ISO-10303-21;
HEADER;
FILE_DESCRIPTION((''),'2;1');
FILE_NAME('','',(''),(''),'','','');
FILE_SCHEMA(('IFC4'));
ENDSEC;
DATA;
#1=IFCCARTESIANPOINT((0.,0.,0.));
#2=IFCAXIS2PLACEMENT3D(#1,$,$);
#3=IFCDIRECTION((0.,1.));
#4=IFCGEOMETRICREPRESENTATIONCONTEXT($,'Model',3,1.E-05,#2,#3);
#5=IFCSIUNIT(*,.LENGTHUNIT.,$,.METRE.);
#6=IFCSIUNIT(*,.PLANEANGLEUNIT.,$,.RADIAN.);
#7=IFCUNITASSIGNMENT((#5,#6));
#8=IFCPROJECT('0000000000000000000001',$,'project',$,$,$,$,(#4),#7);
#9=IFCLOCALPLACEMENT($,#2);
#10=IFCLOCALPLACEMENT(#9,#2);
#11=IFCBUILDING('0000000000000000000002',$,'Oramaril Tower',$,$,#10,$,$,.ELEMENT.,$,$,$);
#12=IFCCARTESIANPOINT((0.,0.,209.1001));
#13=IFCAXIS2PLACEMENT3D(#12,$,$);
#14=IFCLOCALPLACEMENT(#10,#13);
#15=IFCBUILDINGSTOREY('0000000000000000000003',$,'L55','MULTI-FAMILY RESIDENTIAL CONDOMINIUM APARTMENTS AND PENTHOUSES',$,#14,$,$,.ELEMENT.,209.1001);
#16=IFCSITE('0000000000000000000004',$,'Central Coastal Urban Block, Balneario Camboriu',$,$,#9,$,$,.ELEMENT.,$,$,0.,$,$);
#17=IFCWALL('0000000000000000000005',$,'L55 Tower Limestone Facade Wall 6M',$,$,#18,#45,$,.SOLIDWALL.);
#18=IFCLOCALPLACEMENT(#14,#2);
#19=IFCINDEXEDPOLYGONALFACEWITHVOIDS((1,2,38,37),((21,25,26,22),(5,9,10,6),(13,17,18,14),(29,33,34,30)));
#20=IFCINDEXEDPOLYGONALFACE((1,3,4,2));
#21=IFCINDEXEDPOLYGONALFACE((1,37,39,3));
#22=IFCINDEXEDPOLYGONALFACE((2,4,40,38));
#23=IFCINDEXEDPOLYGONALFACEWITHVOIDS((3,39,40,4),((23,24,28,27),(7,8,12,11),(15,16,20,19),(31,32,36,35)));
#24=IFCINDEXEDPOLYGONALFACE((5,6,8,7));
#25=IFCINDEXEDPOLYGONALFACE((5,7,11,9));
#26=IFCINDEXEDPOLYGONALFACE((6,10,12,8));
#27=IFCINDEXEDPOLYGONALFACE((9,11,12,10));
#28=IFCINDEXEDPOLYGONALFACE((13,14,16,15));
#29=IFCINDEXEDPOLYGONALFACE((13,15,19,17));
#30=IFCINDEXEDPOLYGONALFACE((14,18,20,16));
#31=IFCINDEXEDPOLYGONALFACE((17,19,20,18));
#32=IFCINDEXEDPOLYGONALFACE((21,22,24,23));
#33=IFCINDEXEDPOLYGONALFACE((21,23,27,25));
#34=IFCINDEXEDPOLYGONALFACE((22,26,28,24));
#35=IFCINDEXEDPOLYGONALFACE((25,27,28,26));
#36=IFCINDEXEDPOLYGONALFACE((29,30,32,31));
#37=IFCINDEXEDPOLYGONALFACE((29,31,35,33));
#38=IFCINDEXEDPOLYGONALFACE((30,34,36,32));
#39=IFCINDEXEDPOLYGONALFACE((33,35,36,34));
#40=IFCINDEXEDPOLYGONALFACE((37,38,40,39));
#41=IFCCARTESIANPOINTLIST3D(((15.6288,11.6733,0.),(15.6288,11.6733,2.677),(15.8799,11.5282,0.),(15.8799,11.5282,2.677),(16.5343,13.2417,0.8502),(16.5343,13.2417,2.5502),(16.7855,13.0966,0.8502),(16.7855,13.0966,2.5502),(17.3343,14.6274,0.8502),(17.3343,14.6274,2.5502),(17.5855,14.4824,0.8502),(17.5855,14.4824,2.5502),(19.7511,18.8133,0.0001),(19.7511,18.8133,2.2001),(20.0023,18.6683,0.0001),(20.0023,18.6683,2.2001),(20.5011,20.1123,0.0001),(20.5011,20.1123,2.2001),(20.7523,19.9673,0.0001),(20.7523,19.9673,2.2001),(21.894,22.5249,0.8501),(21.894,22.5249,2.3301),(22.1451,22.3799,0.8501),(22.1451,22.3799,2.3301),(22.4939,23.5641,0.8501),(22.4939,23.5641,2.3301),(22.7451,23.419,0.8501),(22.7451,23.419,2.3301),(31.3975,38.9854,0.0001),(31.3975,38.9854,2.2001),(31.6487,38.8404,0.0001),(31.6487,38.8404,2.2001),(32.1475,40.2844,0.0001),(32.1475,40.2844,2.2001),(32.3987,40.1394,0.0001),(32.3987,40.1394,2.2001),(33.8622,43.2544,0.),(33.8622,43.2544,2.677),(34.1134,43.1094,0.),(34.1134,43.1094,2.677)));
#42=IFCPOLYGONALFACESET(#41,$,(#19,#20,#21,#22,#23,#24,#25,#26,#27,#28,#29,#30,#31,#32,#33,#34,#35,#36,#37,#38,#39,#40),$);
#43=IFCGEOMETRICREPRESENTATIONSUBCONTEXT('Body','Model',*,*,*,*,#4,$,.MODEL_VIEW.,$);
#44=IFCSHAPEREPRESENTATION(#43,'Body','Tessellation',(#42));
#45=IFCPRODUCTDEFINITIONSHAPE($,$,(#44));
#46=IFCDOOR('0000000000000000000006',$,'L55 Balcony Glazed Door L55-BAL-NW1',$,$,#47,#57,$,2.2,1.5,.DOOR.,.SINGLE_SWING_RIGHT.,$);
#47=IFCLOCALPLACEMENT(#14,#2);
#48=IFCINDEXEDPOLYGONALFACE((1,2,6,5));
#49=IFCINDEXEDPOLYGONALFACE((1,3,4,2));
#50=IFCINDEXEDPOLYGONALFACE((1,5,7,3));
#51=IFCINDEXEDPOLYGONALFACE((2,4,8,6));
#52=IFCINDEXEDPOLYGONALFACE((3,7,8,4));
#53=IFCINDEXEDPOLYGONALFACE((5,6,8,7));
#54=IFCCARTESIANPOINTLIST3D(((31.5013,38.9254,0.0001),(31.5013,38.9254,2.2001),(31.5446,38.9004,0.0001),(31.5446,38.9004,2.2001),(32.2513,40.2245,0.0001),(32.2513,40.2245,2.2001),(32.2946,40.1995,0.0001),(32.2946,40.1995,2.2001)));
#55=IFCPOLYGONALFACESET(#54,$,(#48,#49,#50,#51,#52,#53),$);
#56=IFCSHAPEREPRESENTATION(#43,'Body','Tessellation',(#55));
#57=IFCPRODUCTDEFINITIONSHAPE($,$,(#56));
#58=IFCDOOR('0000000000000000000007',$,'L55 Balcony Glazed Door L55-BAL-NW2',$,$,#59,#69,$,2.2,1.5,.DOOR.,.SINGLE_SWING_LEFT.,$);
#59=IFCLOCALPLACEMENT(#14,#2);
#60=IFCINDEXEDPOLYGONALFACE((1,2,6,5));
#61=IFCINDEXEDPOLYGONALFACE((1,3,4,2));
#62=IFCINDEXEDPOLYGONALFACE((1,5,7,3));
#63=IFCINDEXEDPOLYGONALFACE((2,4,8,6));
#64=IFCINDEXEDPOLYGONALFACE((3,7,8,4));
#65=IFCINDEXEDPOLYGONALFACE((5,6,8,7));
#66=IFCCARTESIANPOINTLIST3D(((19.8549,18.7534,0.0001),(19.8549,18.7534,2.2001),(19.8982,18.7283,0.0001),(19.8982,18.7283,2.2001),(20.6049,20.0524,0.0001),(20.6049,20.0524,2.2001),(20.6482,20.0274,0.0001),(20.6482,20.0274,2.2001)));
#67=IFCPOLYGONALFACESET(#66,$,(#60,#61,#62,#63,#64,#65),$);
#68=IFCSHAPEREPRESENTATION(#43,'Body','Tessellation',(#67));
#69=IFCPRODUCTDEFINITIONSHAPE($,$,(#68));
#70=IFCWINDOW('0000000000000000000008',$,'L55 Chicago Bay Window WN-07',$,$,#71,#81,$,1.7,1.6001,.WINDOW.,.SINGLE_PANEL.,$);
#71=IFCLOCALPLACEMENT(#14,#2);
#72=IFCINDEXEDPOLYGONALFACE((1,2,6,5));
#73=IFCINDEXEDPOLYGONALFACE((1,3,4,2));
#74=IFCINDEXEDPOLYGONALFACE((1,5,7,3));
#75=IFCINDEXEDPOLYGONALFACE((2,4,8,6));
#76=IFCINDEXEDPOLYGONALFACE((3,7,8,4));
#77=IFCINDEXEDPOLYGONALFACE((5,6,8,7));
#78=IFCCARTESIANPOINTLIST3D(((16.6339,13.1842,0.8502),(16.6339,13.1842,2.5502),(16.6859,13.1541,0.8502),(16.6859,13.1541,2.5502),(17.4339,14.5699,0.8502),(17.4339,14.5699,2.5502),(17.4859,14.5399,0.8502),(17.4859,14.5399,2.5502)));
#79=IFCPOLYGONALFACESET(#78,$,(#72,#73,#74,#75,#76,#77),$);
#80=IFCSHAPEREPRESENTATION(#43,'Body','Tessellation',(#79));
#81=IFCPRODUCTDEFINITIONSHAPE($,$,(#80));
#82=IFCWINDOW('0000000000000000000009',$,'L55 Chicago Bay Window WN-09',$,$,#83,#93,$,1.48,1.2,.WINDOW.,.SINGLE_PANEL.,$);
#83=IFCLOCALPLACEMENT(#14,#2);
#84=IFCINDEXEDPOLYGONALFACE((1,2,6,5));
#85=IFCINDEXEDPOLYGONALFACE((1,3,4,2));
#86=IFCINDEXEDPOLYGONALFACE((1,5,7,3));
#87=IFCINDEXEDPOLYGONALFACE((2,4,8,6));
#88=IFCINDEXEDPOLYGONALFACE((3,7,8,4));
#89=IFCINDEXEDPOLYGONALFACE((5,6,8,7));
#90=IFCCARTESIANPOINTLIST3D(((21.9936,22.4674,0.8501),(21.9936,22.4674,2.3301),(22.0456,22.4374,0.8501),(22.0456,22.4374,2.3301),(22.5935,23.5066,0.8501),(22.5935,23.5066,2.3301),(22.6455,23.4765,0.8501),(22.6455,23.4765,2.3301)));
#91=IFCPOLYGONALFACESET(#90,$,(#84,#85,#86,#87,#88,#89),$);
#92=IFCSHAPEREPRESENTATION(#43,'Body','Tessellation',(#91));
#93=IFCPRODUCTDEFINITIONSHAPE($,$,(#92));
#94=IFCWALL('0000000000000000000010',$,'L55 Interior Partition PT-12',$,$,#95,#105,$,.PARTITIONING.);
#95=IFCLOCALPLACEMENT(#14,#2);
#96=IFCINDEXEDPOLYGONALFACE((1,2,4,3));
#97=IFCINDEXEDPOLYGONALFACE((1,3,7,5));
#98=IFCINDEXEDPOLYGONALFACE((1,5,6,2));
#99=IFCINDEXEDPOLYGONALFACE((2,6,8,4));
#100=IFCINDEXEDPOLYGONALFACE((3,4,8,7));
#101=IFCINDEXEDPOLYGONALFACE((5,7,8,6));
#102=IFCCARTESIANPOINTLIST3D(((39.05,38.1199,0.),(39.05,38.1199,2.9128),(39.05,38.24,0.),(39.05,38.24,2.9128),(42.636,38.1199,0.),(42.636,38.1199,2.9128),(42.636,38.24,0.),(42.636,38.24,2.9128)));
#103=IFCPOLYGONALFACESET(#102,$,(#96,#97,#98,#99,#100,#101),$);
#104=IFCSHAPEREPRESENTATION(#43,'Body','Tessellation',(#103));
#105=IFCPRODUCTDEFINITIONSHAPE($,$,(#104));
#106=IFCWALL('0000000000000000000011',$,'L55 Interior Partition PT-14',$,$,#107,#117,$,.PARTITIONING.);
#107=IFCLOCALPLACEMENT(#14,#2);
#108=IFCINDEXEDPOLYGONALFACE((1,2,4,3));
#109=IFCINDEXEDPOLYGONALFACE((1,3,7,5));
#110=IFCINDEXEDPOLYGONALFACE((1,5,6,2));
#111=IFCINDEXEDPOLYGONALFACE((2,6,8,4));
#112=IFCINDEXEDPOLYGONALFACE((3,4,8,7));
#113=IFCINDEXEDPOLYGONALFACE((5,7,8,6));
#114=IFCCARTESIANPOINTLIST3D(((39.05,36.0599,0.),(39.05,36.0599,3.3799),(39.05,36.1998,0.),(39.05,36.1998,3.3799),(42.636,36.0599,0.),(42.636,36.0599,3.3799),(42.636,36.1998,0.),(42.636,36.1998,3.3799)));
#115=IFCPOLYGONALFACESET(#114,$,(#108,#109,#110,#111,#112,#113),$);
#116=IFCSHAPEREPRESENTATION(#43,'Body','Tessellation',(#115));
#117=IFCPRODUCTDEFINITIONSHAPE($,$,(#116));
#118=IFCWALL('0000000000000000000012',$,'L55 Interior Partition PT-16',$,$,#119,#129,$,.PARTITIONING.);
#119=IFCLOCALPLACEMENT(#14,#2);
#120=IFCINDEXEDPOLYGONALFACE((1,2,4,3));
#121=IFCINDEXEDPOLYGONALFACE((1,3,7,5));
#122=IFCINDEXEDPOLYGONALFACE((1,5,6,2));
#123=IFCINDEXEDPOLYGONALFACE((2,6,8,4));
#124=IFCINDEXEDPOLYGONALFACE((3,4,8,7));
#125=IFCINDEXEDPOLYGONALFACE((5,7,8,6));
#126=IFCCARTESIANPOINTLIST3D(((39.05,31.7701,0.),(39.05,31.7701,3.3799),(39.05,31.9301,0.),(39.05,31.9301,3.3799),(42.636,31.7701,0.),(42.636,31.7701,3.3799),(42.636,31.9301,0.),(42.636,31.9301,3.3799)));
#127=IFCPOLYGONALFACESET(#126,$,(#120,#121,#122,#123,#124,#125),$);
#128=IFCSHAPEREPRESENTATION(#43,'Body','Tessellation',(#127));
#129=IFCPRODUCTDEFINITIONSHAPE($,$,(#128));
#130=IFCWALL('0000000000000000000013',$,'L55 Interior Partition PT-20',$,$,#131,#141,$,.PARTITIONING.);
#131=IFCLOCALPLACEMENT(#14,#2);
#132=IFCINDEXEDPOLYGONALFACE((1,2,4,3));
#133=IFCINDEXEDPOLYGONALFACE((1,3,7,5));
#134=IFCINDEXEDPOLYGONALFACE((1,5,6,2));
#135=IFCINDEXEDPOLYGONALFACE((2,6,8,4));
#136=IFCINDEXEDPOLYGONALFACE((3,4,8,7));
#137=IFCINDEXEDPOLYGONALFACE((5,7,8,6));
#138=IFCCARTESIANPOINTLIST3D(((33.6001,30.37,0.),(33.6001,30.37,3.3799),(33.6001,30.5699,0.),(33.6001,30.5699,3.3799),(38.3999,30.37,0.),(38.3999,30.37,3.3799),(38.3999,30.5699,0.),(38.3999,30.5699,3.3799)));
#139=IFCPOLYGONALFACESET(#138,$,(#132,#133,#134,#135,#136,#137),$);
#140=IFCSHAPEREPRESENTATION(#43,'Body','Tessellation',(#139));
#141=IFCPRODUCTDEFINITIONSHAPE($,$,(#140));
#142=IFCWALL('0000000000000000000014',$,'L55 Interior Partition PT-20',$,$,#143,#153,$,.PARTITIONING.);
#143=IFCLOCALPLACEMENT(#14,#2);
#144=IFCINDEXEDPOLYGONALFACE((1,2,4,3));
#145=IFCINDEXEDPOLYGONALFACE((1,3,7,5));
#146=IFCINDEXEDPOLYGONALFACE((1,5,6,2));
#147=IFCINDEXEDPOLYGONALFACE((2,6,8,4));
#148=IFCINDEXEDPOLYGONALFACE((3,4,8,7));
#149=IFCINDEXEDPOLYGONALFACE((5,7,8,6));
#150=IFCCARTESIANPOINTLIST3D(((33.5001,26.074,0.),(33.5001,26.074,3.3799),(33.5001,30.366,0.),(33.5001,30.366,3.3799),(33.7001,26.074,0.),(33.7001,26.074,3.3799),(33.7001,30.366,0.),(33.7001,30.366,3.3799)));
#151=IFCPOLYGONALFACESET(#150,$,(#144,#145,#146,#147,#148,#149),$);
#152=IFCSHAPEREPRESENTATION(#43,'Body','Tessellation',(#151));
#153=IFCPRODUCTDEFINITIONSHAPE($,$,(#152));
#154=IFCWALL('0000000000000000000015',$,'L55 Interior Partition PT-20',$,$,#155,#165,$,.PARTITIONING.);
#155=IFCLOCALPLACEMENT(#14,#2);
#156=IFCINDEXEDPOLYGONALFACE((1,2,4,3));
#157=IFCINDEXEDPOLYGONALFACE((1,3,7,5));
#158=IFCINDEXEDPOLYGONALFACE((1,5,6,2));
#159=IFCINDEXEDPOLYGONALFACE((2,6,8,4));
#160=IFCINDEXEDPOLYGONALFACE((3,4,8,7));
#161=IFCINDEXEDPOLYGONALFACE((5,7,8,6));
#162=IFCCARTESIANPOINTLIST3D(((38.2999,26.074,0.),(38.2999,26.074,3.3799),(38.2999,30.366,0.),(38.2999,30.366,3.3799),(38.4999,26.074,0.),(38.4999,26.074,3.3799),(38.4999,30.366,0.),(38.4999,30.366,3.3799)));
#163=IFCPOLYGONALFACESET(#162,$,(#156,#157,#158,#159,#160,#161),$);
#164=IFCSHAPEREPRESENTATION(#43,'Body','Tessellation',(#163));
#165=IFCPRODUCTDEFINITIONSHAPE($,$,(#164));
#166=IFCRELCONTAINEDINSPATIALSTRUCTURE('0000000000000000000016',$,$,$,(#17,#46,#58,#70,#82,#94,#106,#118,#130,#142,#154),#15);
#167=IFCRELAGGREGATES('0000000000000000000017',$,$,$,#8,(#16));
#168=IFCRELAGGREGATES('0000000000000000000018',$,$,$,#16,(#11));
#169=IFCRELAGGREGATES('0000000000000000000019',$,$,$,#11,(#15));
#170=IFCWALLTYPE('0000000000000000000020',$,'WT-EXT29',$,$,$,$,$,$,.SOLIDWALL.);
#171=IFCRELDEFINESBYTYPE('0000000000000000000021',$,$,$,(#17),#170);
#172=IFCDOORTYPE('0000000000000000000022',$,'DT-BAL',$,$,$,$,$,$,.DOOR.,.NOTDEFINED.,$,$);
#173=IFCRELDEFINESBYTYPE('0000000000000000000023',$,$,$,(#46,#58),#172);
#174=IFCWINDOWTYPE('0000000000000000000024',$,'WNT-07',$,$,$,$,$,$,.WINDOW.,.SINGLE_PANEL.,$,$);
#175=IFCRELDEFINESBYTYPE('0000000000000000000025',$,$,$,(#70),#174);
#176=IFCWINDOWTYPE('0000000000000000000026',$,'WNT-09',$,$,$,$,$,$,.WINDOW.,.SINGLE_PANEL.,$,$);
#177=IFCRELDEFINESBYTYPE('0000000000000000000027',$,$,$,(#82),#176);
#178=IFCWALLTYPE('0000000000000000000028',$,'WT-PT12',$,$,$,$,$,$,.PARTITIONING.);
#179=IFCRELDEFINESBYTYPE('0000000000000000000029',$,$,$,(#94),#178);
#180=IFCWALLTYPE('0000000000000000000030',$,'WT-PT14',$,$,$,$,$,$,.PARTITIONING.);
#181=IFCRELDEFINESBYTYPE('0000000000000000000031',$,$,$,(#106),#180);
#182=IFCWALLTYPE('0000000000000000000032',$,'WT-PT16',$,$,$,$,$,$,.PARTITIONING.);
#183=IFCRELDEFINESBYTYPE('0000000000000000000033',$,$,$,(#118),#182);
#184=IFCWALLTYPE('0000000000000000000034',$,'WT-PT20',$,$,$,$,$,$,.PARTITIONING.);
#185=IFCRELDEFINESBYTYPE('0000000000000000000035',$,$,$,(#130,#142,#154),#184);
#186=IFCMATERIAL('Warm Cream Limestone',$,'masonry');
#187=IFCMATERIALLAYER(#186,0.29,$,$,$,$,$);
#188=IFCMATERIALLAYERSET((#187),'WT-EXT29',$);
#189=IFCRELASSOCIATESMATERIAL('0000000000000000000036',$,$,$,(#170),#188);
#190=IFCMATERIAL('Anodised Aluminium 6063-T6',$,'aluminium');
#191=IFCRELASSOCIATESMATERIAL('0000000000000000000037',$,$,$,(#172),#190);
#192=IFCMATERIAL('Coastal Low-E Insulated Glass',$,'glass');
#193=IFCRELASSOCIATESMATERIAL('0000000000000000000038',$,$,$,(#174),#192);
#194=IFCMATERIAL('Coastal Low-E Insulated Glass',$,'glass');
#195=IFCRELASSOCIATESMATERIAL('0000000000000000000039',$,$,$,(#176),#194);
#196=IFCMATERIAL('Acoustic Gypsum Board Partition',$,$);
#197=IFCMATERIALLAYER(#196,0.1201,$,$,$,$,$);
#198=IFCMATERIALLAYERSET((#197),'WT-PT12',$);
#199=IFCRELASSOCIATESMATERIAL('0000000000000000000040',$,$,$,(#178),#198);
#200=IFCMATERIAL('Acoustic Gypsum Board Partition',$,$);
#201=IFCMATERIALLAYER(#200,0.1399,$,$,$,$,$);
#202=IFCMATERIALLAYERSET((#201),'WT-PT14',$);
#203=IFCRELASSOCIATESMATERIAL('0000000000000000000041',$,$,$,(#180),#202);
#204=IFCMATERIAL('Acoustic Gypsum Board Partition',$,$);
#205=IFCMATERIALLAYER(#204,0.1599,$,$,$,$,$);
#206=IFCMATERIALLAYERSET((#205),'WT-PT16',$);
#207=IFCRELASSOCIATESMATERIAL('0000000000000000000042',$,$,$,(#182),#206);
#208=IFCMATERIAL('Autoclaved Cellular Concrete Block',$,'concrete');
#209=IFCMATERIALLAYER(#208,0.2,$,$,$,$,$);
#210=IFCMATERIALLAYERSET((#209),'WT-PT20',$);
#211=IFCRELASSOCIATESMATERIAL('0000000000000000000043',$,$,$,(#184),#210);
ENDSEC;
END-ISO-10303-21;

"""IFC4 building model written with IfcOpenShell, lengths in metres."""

from ifc_helpers import new_model, si_unit, direction, frame, frame_2d, origin, place, context, subcontext, project, spatial, rectangle, extrude, material, layer, layer_set, type_object, element, fill, save


model = new_model("IFC4")

# Units and contexts
model_context = context("Model", 3, precision=1e-05, world=origin(), true_north=direction((0.0, 1.0)))
body_context = subcontext(model_context, "Body", "Model", "MODEL_VIEW")
ifc_project = project(units=[si_unit("LENGTHUNIT", "METRE"), si_unit("PLANEANGLEUNIT", "RADIAN")], contexts=[model_context])

# Site, building, storey
site_placement = place(None, origin())
site = spatial("IfcSite", under=ifc_project, at=site_placement, Name="Central Coastal Urban Block, Balneario Camboriu", CompositionType="ELEMENT", RefElevation=0.0)
building_placement = place(site_placement, origin())
building = spatial("IfcBuilding", under=site, at=building_placement, Name="Oramaril Tower", CompositionType="ELEMENT")
storey_placement = place(building_placement, frame((0.0, 0.0, 209.1001)))
storey = spatial("IfcBuildingStorey", under=building, at=storey_placement, Name="L55", Description="MULTI-FAMILY RESIDENTIAL CONDOMINIUM APARTMENTS AND PENTHOUSES", CompositionType="ELEMENT", Elevation=209.1001)

# Shared definitions
ifc_material_1 = material(Name="Warm Cream Limestone", Category="masonry")
ifc_layer_1 = layer(ifc_material_1, 0.29)
ifc_layer_set_1 = layer_set([ifc_layer_1], Name="WT-EXT29")
wall_type_1 = type_object("IfcWallType", Name="WT-EXT29", PredefinedType="SOLIDWALL", material=ifc_layer_set_1)

# Wall, openings, doors, windows
wall_1_placement = place(storey_placement, frame((33.9878, 43.1819, 0.0), z_axis=(0.0, 0.0, 1.0), x_axis=(-0.500001, -0.866025, 0.0)))
wall_1 = element("IfcWall", 1, at=wall_1_placement, inside=storey, type_object=wall_type_1, Name="L55 Tower Limestone Facade Wall 6M", PredefinedType="SOLIDWALL", context=body_context, shape_type="SweptSolid", body=[
    extrude(rectangle(XDim=36.4668, YDim=0.29, at=frame_2d((18.2334, 0.0))), origin(), (0.0, 0.0, 1.0), 2.677),
])
opening_1_placement = place(wall_1_placement, frame((3.4294, 0.0, 0.0)))
opening_1 = element("IfcOpeningElement", 2, at=opening_1_placement, cuts=wall_1, PredefinedType="OPENING", context=body_context, shape_type="SweptSolid", body=[
    extrude(rectangle(XDim=1.5, YDim=2.2, at=frame_2d((0.75, 1.1001))), frame((0.0, 0.145, 0.0), z_axis=(0.0, -1.0, 0.0), x_axis=(1.0, 0.0, 0.0)), (0.0, 0.0, 1.0), 0.29),
])
opening_2_placement = place(wall_1_placement, frame((26.7222, 0.0, 0.0)))
opening_2 = element("IfcOpeningElement", 3, at=opening_2_placement, cuts=wall_1, PredefinedType="OPENING", context=body_context, shape_type="SweptSolid", body=[
    extrude(rectangle(XDim=1.5, YDim=2.2, at=frame_2d((0.75, 1.1001))), frame((0.0, 0.145, 0.0), z_axis=(0.0, -1.0, 0.0), x_axis=(1.0, 0.0, 0.0)), (0.0, 0.0, 1.0), 0.29),
])
opening_3_placement = place(wall_1_placement, frame((33.0557, 0.0, 0.8501)))
opening_3 = element("IfcOpeningElement", 4, at=opening_3_placement, cuts=wall_1, PredefinedType="OPENING", context=body_context, shape_type="SweptSolid", body=[
    extrude(rectangle(XDim=1.6001, YDim=1.7, at=frame_2d((0.8, 0.8501))), frame((0.0, 0.145, 0.0), z_axis=(0.0, -1.0, 0.0), x_axis=(1.0, 0.0, 0.0)), (0.0, 0.0, 1.0), 0.29),
])
opening_4_placement = place(wall_1_placement, frame((22.7363, 0.0, 0.8501)))
opening_4 = element("IfcOpeningElement", 5, at=opening_4_placement, cuts=wall_1, PredefinedType="OPENING", context=body_context, shape_type="SweptSolid", body=[
    extrude(rectangle(XDim=1.2, YDim=1.48, at=frame_2d((0.6001, 0.74))), frame((0.0, 0.145, 0.0), z_axis=(0.0, -1.0, 0.0), x_axis=(1.0, 0.0, 0.0)), (0.0, 0.0, 1.0), 0.29),
])
ifc_material_2 = material(Name="Anodised Aluminium 6063-T6", Category="aluminium")
door_type_1 = type_object("IfcDoorType", Name="DT-BAL", OperationType="NOTDEFINED", PredefinedType="DOOR", material=ifc_material_2)
door_1_placement = place(opening_1_placement, origin())
door_1 = element("IfcDoor", 6, at=door_1_placement, inside=storey, type_object=door_type_1, Name="L55 Balcony Glazed Door L55-BAL-NW1", OperationType="SINGLE_SWING_RIGHT", OverallHeight=2.2, OverallWidth=1.5, PredefinedType="DOOR", context=body_context, shape_type="SweptSolid", body=[
    extrude(rectangle(XDim=1.5, YDim=2.2, at=frame_2d((0.75, 1.1001))), frame((0.0, 0.0249, 0.0), z_axis=(0.0, -1.0, 0.0), x_axis=(1.0, 0.0, 0.0)), (0.0, 0.0, 1.0), 0.05),
])
fill(opening_1, door_1)
door_2_placement = place(opening_2_placement, origin())
door_2 = element("IfcDoor", 7, at=door_2_placement, inside=storey, type_object=door_type_1, Name="L55 Balcony Glazed Door L55-BAL-NW2", OperationType="SINGLE_SWING_LEFT", OverallHeight=2.2, OverallWidth=1.5, PredefinedType="DOOR", context=body_context, shape_type="SweptSolid", body=[
    extrude(rectangle(XDim=1.5, YDim=2.2, at=frame_2d((0.75, 1.1001))), frame((0.0, 0.0249, 0.0), z_axis=(0.0, -1.0, 0.0), x_axis=(1.0, 0.0, 0.0)), (0.0, 0.0, 1.0), 0.05),
])
fill(opening_2, door_2)
ifc_material_3 = material(Name="Coastal Low-E Insulated Glass", Category="glass")
window_type_1 = type_object("IfcWindowType", Name="WNT-07", PartitioningType="SINGLE_PANEL", PredefinedType="WINDOW", material=ifc_material_3)
window_1_placement = place(opening_3_placement, origin())
window_1 = element("IfcWindow", 8, at=window_1_placement, inside=storey, type_object=window_type_1, Name="L55 Chicago Bay Window WN-07", OverallHeight=1.7, OverallWidth=1.6001, PartitioningType="SINGLE_PANEL", PredefinedType="WINDOW", context=body_context, shape_type="SweptSolid", body=[
    extrude(rectangle(XDim=1.6001, YDim=1.7, at=frame_2d((0.8, 0.8501))), frame((0.0, 0.03, 0.0), z_axis=(0.0, -1.0, 0.0), x_axis=(1.0, 0.0, 0.0)), (0.0, 0.0, 1.0), 0.0601),
])
fill(opening_3, window_1)
ifc_material_4 = material(Name="Coastal Low-E Insulated Glass", Category="glass")
window_type_2 = type_object("IfcWindowType", Name="WNT-09", PartitioningType="SINGLE_PANEL", PredefinedType="WINDOW", material=ifc_material_4)
window_2_placement = place(opening_4_placement, origin())
window_2 = element("IfcWindow", 9, at=window_2_placement, inside=storey, type_object=window_type_2, Name="L55 Chicago Bay Window WN-09", OverallHeight=1.48, OverallWidth=1.2, PartitioningType="SINGLE_PANEL", PredefinedType="WINDOW", context=body_context, shape_type="SweptSolid", body=[
    extrude(rectangle(XDim=1.2, YDim=1.48, at=frame_2d((0.6001, 0.74))), frame((0.0, 0.03, 0.0), z_axis=(0.0, -1.0, 0.0), x_axis=(1.0, 0.0, 0.0)), (0.0, 0.0, 1.0), 0.0601),
])
fill(opening_4, window_2)

# Walls
ifc_material_5 = material(Name="Acoustic Gypsum Board Partition")
ifc_layer_2 = layer(ifc_material_5, 0.1201)
ifc_layer_set_2 = layer_set([ifc_layer_2], Name="WT-PT12")
wall_type_2 = type_object("IfcWallType", Name="WT-PT12", PredefinedType="PARTITIONING", material=ifc_layer_set_2)
wall_2_placement = place(storey_placement, frame((39.05, 38.1799, 0.0), z_axis=(0.0, 0.0, 1.0), x_axis=(1.0, 0.0, 0.0)))
element("IfcWall", 10, at=wall_2_placement, inside=storey, type_object=wall_type_2, Name="L55 Interior Partition PT-12", PredefinedType="PARTITIONING", context=body_context, shape_type="SweptSolid", body=[
    extrude(rectangle(XDim=3.5859, YDim=0.1201, at=frame_2d((1.793, 0.0))), origin(), (0.0, 0.0, 1.0), 2.9128),
])
ifc_material_6 = material(Name="Acoustic Gypsum Board Partition")
ifc_layer_3 = layer(ifc_material_6, 0.1399)
ifc_layer_set_3 = layer_set([ifc_layer_3], Name="WT-PT14")
wall_type_3 = type_object("IfcWallType", Name="WT-PT14", PredefinedType="PARTITIONING", material=ifc_layer_set_3)
wall_3_placement = place(storey_placement, frame((39.05, 36.1299, 0.0), z_axis=(0.0, 0.0, 1.0), x_axis=(1.0, 0.0, 0.0)))
element("IfcWall", 11, at=wall_3_placement, inside=storey, type_object=wall_type_3, Name="L55 Interior Partition PT-14", PredefinedType="PARTITIONING", context=body_context, shape_type="SweptSolid", body=[
    extrude(rectangle(XDim=3.5859, YDim=0.1399, at=frame_2d((1.793, 0.0))), origin(), (0.0, 0.0, 1.0), 3.3799),
])
ifc_material_7 = material(Name="Acoustic Gypsum Board Partition")
ifc_layer_4 = layer(ifc_material_7, 0.1599)
ifc_layer_set_4 = layer_set([ifc_layer_4], Name="WT-PT16")
wall_type_4 = type_object("IfcWallType", Name="WT-PT16", PredefinedType="PARTITIONING", material=ifc_layer_set_4)
wall_4_placement = place(storey_placement, frame((39.05, 31.8501, 0.0), z_axis=(0.0, 0.0, 1.0), x_axis=(1.0, 0.0, 0.0)))
element("IfcWall", 12, at=wall_4_placement, inside=storey, type_object=wall_type_4, Name="L55 Interior Partition PT-16", PredefinedType="PARTITIONING", context=body_context, shape_type="SweptSolid", body=[
    extrude(rectangle(XDim=3.5859, YDim=0.1599, at=frame_2d((1.793, 0.0))), origin(), (0.0, 0.0, 1.0), 3.3799),
])

# Walls
ifc_material_8 = material(Name="Autoclaved Cellular Concrete Block", Category="concrete")
ifc_layer_5 = layer(ifc_material_8, 0.2)
ifc_layer_set_5 = layer_set([ifc_layer_5], Name="WT-PT20")
wall_type_5 = type_object("IfcWallType", Name="WT-PT20", PredefinedType="PARTITIONING", material=ifc_layer_set_5)
wall_5_placement = place(storey_placement, frame((33.6001, 30.47, 0.0), z_axis=(0.0, 0.0, 1.0), x_axis=(1.0, 0.0, 0.0)))
element("IfcWall", 13, at=wall_5_placement, inside=storey, type_object=wall_type_5, Name="L55 Interior Partition PT-20", PredefinedType="PARTITIONING", context=body_context, shape_type="SweptSolid", body=[
    extrude(rectangle(XDim=4.7998, YDim=0.2, at=frame_2d((2.3999, 0.0))), origin(), (0.0, 0.0, 1.0), 3.3799),
])
for number, where, z_axis, x_axis, name in (
    (14, (33.6001, 26.074, 0.0), (0.0, 0.0, 1.0), (0.0, 1.0, 0.0), "L55 Interior Partition PT-20"),
    (15, (38.3999, 26.074, 0.0), (0.0, 0.0, 1.0), (0.0, 1.0, 0.0), "L55 Interior Partition PT-20"),
):
    element("IfcWall", number, at=place(storey_placement, frame(where, z_axis=z_axis, x_axis=x_axis)), inside=storey, type_object=wall_type_5, Name=name, PredefinedType="PARTITIONING", context=body_context, shape_type="SweptSolid", body=[
        extrude(rectangle(XDim=4.292, YDim=0.2, at=frame_2d((2.146, 0.0))), origin(), (0.0, 0.0, 1.0), 3.3799),
    ])

save(model, "model.ifc")
